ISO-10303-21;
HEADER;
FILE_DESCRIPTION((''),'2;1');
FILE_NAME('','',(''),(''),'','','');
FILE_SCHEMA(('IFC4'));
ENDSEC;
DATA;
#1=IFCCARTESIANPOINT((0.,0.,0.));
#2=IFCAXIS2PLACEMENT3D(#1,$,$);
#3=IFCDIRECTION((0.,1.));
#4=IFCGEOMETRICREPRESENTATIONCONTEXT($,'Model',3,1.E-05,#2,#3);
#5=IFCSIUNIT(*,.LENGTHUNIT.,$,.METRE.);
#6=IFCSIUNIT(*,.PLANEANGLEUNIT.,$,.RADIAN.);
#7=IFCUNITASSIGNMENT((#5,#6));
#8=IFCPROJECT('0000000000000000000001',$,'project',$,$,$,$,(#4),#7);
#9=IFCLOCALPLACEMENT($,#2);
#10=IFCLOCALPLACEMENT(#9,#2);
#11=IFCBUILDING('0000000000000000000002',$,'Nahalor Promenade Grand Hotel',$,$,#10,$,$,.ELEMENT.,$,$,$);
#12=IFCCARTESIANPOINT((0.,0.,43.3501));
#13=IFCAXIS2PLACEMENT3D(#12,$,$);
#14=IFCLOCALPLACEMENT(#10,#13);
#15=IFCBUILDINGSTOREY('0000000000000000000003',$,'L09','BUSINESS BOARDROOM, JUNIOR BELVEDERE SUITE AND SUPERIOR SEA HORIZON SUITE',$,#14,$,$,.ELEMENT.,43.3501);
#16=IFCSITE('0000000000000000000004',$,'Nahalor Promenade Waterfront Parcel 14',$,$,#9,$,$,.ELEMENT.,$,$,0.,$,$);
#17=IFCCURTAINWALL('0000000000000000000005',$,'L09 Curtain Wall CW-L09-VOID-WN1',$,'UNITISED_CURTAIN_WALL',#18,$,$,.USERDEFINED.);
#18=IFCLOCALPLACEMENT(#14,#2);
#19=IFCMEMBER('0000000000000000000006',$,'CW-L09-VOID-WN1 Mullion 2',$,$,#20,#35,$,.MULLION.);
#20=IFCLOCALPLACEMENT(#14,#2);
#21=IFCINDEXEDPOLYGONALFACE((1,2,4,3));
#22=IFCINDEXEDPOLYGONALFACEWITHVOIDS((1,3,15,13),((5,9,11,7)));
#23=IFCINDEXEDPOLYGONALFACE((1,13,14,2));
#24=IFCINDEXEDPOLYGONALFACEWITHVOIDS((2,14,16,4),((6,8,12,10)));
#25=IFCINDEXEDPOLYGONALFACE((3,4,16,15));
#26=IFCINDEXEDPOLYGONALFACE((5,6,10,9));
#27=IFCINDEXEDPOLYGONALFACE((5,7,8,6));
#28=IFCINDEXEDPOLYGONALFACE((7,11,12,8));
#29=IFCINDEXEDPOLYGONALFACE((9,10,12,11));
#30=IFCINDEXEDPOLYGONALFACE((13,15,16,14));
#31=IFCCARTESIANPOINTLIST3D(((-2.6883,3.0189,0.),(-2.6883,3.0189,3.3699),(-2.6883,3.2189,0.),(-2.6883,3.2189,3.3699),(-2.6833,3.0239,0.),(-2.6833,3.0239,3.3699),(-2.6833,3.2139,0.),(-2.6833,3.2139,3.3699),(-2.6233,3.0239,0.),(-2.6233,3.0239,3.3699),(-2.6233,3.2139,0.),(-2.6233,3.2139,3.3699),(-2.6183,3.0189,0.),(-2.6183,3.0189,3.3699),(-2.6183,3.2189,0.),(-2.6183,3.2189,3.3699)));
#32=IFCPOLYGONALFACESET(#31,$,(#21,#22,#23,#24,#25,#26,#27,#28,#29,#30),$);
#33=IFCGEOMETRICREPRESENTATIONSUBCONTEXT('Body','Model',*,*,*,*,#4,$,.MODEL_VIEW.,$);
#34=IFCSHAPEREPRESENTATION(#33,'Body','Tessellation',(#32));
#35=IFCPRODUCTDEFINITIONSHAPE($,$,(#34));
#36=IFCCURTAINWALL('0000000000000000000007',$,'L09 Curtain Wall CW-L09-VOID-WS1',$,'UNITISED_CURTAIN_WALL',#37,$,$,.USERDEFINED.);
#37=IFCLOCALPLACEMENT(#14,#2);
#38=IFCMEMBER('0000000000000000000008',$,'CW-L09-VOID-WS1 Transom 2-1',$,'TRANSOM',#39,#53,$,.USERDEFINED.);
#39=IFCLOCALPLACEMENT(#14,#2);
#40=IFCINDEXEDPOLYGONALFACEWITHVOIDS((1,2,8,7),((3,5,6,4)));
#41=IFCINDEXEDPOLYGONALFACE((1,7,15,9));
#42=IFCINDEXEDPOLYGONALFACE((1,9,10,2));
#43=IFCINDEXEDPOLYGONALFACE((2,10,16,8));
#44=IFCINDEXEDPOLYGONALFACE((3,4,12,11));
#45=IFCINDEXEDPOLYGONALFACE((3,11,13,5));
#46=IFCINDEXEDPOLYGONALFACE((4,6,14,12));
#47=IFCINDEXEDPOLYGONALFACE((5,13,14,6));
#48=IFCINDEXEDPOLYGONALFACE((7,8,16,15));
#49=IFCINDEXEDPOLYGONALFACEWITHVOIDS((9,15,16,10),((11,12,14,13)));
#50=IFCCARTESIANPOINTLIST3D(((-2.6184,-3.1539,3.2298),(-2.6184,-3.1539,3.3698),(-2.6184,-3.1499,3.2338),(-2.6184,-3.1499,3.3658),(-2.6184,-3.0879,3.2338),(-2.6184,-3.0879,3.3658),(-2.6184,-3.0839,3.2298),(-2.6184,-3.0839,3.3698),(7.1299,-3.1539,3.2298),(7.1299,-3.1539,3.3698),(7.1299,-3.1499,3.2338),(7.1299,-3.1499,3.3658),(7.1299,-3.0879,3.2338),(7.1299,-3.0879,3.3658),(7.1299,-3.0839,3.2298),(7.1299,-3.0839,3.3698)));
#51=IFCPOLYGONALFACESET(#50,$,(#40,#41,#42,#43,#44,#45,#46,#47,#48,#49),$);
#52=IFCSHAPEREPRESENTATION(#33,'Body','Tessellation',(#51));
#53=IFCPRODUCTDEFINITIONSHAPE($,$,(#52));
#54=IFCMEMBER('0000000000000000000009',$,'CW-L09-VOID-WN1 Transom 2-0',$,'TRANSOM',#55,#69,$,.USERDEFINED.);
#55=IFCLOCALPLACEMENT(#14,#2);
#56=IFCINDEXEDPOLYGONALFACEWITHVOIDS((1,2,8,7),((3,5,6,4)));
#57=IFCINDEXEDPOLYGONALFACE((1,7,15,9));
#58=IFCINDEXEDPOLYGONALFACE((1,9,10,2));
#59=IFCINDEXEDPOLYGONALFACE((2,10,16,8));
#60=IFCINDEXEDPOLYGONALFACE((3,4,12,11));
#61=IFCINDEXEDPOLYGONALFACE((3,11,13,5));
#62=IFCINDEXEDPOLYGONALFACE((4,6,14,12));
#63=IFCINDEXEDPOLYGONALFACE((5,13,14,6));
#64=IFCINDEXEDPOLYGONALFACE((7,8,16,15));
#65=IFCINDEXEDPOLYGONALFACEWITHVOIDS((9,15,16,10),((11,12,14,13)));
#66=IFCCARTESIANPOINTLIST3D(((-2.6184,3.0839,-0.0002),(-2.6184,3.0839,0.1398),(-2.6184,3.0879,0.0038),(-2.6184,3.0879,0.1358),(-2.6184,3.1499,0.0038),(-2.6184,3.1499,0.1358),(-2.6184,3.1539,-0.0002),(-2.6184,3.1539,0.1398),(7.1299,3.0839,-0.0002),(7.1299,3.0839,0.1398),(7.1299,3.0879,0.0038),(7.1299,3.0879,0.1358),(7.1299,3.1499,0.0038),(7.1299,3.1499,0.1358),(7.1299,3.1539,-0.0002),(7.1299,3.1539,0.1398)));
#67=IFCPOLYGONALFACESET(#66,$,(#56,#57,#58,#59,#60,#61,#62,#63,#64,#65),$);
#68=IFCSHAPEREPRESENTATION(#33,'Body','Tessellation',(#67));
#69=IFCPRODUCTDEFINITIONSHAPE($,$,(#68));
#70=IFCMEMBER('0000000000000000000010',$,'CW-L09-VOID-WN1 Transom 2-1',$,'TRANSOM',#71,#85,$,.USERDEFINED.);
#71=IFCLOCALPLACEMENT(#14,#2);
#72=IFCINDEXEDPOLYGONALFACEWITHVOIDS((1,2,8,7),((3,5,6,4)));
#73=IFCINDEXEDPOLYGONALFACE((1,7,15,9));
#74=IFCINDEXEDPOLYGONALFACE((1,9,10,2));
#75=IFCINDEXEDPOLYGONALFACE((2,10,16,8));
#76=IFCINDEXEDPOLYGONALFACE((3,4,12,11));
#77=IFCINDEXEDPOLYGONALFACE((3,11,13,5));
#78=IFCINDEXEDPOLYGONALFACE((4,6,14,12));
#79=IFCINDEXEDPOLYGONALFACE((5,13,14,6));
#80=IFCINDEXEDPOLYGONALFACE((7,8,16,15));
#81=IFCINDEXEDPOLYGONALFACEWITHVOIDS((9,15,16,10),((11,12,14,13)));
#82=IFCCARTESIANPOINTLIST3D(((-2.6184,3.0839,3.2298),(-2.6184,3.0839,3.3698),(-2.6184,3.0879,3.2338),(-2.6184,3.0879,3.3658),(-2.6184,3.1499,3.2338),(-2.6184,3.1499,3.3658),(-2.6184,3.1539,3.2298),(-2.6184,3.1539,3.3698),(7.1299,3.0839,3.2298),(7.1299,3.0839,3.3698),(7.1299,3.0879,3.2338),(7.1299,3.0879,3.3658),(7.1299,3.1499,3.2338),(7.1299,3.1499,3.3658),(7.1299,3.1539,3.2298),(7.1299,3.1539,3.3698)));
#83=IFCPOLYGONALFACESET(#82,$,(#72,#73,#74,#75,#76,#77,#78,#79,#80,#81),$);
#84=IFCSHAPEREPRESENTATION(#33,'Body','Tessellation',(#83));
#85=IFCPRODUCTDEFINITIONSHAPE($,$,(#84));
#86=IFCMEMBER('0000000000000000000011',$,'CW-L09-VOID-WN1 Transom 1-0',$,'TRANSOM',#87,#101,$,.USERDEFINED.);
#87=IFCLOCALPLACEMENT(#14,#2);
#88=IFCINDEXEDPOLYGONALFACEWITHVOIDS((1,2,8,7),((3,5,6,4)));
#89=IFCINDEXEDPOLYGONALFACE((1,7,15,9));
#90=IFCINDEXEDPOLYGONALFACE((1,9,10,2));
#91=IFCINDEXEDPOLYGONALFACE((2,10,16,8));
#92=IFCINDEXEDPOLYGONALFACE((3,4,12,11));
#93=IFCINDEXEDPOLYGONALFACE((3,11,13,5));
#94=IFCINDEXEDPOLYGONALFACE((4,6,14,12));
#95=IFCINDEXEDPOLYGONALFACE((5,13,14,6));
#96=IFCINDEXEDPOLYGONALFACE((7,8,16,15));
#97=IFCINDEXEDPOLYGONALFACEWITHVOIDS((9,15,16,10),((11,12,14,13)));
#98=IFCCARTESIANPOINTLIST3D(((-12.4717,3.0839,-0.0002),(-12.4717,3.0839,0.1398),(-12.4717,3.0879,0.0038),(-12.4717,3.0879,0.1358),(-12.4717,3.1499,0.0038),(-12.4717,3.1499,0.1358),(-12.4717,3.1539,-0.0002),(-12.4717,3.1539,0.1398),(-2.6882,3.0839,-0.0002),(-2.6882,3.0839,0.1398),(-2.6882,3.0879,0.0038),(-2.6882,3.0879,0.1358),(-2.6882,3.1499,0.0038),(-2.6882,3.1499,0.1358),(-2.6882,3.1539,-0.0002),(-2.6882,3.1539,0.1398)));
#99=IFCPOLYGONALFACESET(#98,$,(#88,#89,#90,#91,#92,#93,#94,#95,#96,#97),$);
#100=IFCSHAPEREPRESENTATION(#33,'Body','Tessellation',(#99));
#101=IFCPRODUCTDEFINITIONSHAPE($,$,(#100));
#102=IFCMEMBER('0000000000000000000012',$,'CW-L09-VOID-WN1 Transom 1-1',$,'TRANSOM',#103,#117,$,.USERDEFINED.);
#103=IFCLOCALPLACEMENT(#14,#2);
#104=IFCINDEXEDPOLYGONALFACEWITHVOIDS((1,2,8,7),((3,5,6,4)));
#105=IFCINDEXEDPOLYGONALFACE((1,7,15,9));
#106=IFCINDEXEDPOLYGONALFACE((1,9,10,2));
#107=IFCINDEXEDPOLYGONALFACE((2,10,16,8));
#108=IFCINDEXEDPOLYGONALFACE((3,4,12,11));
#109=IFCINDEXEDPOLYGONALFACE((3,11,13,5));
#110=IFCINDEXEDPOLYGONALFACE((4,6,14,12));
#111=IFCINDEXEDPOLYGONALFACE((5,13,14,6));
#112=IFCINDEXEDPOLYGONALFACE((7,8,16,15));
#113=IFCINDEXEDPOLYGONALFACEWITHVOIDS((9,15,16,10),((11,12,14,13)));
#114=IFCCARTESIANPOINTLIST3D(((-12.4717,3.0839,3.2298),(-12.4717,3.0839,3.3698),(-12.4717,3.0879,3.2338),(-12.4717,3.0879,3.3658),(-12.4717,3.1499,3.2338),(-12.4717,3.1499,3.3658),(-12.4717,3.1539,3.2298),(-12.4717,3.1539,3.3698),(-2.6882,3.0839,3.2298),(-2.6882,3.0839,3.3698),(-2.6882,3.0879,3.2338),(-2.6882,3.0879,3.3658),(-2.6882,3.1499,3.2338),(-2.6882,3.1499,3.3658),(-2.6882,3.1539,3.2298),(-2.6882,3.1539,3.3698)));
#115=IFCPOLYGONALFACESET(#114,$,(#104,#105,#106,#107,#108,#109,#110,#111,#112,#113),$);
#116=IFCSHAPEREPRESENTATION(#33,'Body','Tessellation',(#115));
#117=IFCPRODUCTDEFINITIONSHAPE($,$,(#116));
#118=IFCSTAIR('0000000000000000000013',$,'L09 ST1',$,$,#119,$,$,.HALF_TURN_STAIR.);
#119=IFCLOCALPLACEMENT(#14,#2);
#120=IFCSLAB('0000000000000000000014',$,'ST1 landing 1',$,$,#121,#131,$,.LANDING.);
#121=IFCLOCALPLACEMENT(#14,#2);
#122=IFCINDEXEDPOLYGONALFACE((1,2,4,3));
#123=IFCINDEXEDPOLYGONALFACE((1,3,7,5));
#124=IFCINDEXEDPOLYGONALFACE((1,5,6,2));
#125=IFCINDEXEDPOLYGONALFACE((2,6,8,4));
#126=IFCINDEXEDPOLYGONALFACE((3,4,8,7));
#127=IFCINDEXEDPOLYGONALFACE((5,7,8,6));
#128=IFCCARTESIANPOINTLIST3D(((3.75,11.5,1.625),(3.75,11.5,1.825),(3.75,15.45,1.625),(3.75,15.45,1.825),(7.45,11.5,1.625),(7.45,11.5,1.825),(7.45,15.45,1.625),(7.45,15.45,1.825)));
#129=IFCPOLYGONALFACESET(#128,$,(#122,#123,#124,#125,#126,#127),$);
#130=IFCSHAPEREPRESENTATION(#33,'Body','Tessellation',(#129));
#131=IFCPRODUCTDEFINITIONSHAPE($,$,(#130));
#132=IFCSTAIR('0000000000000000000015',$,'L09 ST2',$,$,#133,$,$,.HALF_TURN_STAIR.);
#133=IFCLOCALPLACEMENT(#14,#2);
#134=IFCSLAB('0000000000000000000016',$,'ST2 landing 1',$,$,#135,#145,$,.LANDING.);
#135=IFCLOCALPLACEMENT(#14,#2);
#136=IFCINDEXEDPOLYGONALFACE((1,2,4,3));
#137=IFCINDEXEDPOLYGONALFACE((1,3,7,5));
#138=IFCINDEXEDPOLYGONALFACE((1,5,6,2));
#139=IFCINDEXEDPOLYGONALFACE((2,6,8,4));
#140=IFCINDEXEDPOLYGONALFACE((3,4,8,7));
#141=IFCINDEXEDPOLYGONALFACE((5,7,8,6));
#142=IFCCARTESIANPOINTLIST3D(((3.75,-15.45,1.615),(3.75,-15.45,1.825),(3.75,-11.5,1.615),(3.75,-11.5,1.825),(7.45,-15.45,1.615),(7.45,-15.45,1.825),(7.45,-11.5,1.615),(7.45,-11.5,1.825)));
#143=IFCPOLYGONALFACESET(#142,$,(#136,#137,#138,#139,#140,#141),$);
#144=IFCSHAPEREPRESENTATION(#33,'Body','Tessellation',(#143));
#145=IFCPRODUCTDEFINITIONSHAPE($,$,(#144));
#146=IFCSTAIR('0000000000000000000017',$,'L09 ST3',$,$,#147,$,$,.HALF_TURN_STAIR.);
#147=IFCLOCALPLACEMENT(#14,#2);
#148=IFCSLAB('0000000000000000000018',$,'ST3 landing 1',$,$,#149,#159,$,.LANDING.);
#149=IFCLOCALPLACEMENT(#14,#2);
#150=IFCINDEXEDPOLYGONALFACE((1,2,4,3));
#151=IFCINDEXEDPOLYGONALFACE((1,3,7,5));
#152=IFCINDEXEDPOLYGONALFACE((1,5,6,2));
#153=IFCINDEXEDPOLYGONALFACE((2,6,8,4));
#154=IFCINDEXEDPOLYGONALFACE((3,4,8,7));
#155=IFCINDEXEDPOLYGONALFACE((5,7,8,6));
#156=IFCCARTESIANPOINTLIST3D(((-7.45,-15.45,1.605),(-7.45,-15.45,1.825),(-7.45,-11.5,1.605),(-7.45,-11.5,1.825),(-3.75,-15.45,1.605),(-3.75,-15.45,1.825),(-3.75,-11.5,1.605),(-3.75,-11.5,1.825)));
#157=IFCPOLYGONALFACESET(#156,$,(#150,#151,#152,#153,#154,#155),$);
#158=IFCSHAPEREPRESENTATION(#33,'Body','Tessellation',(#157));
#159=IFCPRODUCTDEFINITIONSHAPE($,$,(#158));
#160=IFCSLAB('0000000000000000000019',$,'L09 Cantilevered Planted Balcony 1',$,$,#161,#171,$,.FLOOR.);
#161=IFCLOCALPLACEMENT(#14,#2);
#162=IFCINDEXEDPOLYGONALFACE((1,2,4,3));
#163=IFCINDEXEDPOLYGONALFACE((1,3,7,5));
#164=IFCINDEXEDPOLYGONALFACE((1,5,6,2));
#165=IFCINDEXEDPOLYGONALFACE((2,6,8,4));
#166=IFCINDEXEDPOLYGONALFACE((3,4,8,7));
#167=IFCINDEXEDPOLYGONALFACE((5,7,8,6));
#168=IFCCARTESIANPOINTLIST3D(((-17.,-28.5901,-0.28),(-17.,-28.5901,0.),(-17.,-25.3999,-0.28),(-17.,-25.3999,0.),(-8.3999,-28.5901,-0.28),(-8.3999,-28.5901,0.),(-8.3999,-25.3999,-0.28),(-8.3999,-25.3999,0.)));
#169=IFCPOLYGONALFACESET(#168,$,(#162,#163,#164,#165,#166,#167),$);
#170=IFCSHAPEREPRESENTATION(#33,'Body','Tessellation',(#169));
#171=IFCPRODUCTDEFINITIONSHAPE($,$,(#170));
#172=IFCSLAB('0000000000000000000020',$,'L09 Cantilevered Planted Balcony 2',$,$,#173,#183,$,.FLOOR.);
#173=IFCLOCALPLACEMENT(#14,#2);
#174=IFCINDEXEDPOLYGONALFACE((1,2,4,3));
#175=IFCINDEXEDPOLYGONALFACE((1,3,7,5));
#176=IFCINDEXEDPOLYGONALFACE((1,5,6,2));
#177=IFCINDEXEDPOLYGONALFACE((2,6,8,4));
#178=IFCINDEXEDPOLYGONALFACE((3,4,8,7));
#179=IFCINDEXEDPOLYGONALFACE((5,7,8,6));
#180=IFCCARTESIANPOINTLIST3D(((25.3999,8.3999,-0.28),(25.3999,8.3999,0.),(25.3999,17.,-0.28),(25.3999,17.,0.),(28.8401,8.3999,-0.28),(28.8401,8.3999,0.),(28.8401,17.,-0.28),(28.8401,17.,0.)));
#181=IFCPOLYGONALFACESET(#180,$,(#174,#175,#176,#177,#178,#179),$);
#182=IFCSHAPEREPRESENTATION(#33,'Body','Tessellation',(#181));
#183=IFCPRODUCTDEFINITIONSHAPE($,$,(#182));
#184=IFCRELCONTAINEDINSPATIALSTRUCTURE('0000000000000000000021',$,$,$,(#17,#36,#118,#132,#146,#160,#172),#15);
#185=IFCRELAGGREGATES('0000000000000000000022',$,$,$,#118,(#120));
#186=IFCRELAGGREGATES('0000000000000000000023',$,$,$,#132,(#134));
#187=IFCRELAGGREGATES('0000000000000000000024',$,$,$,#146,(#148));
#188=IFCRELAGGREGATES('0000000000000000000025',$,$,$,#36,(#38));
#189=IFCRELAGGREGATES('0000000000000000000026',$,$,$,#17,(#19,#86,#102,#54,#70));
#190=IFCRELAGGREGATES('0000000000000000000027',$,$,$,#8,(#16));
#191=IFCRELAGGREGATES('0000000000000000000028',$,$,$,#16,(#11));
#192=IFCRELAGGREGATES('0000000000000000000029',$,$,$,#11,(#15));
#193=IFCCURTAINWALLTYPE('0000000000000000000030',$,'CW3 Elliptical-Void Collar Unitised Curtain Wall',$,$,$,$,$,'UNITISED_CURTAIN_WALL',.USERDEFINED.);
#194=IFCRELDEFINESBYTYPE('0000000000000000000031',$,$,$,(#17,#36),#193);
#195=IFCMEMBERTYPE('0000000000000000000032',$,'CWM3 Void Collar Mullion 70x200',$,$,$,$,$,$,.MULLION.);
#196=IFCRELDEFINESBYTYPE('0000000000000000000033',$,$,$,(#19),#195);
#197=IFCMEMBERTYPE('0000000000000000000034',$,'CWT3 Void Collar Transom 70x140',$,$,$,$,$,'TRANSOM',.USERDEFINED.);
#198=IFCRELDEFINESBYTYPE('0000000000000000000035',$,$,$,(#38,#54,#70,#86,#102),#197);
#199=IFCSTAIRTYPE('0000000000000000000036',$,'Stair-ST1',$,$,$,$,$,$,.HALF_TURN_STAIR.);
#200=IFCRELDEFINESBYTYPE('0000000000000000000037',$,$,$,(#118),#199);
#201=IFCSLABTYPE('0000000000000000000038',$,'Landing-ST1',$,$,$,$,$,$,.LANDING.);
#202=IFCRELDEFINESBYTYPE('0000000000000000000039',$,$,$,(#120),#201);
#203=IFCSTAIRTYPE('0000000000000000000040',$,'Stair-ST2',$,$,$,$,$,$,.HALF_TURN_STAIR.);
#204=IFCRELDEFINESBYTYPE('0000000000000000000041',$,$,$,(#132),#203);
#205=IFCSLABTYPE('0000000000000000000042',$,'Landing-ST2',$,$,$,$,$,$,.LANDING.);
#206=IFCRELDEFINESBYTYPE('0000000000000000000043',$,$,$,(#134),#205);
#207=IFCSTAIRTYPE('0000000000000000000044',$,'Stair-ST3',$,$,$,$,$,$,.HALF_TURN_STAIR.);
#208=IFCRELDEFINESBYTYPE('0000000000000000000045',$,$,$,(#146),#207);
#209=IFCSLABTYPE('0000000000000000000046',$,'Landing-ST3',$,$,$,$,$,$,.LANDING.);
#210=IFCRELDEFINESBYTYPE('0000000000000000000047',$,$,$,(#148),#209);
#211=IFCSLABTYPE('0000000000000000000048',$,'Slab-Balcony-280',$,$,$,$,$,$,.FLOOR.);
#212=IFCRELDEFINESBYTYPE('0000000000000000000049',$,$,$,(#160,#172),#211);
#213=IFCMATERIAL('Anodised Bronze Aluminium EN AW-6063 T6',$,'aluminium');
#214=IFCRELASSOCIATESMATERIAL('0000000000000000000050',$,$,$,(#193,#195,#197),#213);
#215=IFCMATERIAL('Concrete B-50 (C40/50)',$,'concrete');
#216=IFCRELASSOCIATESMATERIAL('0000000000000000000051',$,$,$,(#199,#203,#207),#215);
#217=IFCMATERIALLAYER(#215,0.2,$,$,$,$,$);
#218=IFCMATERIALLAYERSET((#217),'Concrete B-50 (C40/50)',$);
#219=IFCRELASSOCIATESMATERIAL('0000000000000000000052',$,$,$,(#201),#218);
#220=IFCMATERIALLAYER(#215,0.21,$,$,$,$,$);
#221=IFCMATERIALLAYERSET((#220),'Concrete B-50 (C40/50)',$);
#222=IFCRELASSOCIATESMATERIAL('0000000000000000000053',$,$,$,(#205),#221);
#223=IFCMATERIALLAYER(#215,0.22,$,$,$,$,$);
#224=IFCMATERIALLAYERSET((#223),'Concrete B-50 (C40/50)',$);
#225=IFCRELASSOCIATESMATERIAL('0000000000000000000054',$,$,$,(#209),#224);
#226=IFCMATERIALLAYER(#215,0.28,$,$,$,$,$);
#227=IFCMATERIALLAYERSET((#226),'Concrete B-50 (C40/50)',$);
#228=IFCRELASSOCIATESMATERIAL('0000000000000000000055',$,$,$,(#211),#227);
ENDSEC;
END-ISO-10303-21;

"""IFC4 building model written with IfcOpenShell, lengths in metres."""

from ifc_helpers import new_model, si_unit, direction, frame, origin, origin_2d, place, context, subcontext, project, spatial, polyline, hollow_rectangle, outline, extrude, source, transform, mapped, material, layer, layer_set, material_profile, profile_set, type_object, element, aggregate, save


model = new_model("IFC4")

# Units and contexts
model_context = context("Model", 3, precision=1e-05, world=origin(), true_north=direction((0.0, 1.0)))
body_context = subcontext(model_context, "Body", "Model", "MODEL_VIEW")
ifc_project = project(units=[si_unit("LENGTHUNIT", "METRE"), si_unit("PLANEANGLEUNIT", "RADIAN")], contexts=[model_context])

# Site, building, storey
site_placement = place(None, origin())
site = spatial("IfcSite", under=ifc_project, at=site_placement, Name="Nahalor Promenade Waterfront Parcel 14", CompositionType="ELEMENT", RefElevation=0.0)
building_placement = place(site_placement, origin())
building = spatial("IfcBuilding", under=site, at=building_placement, Name="Nahalor Promenade Grand Hotel", CompositionType="ELEMENT")
storey_placement = place(building_placement, frame((0.0, 0.0, 43.3501)))
storey = spatial("IfcBuildingStorey", under=building, at=storey_placement, Name="L09", Description="BUSINESS BOARDROOM, JUNIOR BELVEDERE SUITE AND SUPERIOR SEA HORIZON SUITE", CompositionType="ELEMENT", Elevation=43.3501)

# Curtain wall, member
ifc_material_1 = material(Name="Anodised Bronze Aluminium EN AW-6063 T6", Category="aluminium")
curtain_wall_type = type_object("IfcCurtainWallType", Name="CW3 Elliptical-Void Collar Unitised Curtain Wall", ElementType="UNITISED_CURTAIN_WALL", PredefinedType="USERDEFINED", material=ifc_material_1)
curtain_wall_1_placement = place(storey_placement, origin())
curtain_wall_1 = element("IfcCurtainWall", 1, at=curtain_wall_1_placement, inside=storey, type_object=curtain_wall_type, Name="L09 Curtain Wall CW-L09-VOID-WN1", ObjectType="UNITISED_CURTAIN_WALL", PredefinedType="USERDEFINED")
ifc_material_profile_1 = material_profile(ifc_material_1, hollow_rectangle(XDim=0.07, YDim=0.2, WallThickness=0.005, at=origin_2d()), Name="CWM 70x200x5")
ifc_profile_set_1 = profile_set([ifc_material_profile_1], Name="Anodised Bronze Aluminium EN AW-6063 T6")
member_type_1 = type_object("IfcMemberType", Name="CWM3 Void Collar Mullion 70x200", PredefinedType="MULLION", material=ifc_profile_set_1)
shared_shape_1 = source(origin(), body_context, "Body", "SweptSolid", [
    extrude(hollow_rectangle(XDim=0.07, YDim=0.2, WallThickness=0.005, at=origin_2d()), origin(), (0.0, 0.0, 1.0), 3.3699),
])
member_1_placement = place(storey_placement, frame((-2.6533, 3.1189, 0.0), z_axis=(0.0, 0.0, 1.0), x_axis=(1.0, 0.0, 0.0)))
member_1 = element("IfcMember", 2, at=member_1_placement, type_object=member_type_1, Name="CW-L09-VOID-WN1 Mullion 2", PredefinedType="MULLION", context=body_context, shape_type="MappedRepresentation", body=[
    mapped(shared_shape_1, transform((0.0, 0.0, 0.0), scale=1.0)),
])

# Curtain wall, member
curtain_wall_2_placement = place(storey_placement, origin())
curtain_wall_2 = element("IfcCurtainWall", 3, at=curtain_wall_2_placement, inside=storey, type_object=curtain_wall_type, Name="L09 Curtain Wall CW-L09-VOID-WS1", ObjectType="UNITISED_CURTAIN_WALL", PredefinedType="USERDEFINED")
ifc_material_profile_2 = material_profile(ifc_material_1, hollow_rectangle(XDim=0.07, YDim=0.14, WallThickness=0.004, at=origin_2d()), Name="CWT 70x140x4")
ifc_profile_set_2 = profile_set([ifc_material_profile_2], Name="Anodised Bronze Aluminium EN AW-6063 T6")
member_type_2 = type_object("IfcMemberType", Name="CWT3 Void Collar Transom 70x140", ElementType="TRANSOM", PredefinedType="USERDEFINED", material=ifc_profile_set_2)
shared_shape_2 = source(origin(), body_context, "Body", "SweptSolid", [
    extrude(hollow_rectangle(XDim=0.07, YDim=0.14, WallThickness=0.004, at=origin_2d()), origin(), (0.0, 0.0, 1.0), 9.7483),
])
member_2_placement = place(storey_placement, frame((-2.6184, -3.1189, 3.2998), z_axis=(1.0, 0.0, 0.0), x_axis=(0.0, 1.0, 0.0)))
member_2 = element("IfcMember", 4, at=member_2_placement, type_object=member_type_2, Name="CW-L09-VOID-WS1 Transom 2-1", ObjectType="TRANSOM", PredefinedType="USERDEFINED", context=body_context, shape_type="MappedRepresentation", body=[
    mapped(shared_shape_2, transform((0.0, 0.0, 0.0), scale=1.0)),
])

# Members
member_3_placement = place(storey_placement, frame((-2.6184, 3.1189, 0.0698), z_axis=(1.0, 0.0, 0.0), x_axis=(0.0, 1.0, 0.0)))
member_3 = element("IfcMember", 5, at=member_3_placement, type_object=member_type_2, Name="CW-L09-VOID-WN1 Transom 2-0", ObjectType="TRANSOM", PredefinedType="USERDEFINED", context=body_context, shape_type="MappedRepresentation", body=[
    mapped(shared_shape_2, transform((0.0, 0.0, 0.0), scale=1.0)),
])
member_4_placement = place(storey_placement, frame((-2.6184, 3.1189, 3.2998), z_axis=(1.0, 0.0, 0.0), x_axis=(0.0, 1.0, 0.0)))
member_4 = element("IfcMember", 6, at=member_4_placement, type_object=member_type_2, Name="CW-L09-VOID-WN1 Transom 2-1", ObjectType="TRANSOM", PredefinedType="USERDEFINED", context=body_context, shape_type="MappedRepresentation", body=[
    mapped(shared_shape_2, transform((0.0, 0.0, 0.0), scale=1.0)),
])
shared_shape_3 = source(origin(), body_context, "Body", "SweptSolid", [
    extrude(hollow_rectangle(XDim=0.07, YDim=0.14, WallThickness=0.004, at=origin_2d()), origin(), (0.0, 0.0, 1.0), 9.7834),
])
member_5_placement = place(storey_placement, frame((-12.4717, 3.1189, 0.0698), z_axis=(1.0, 0.0, 0.0), x_axis=(0.0, 1.0, 0.0)))
member_5 = element("IfcMember", 7, at=member_5_placement, type_object=member_type_2, Name="CW-L09-VOID-WN1 Transom 1-0", ObjectType="TRANSOM", PredefinedType="USERDEFINED", context=body_context, shape_type="MappedRepresentation", body=[
    mapped(shared_shape_3, transform((0.0, 0.0, 0.0), scale=1.0)),
])
member_6_placement = place(storey_placement, frame((-12.4717, 3.1189, 3.2998), z_axis=(1.0, 0.0, 0.0), x_axis=(0.0, 1.0, 0.0)))
member_6 = element("IfcMember", 8, at=member_6_placement, type_object=member_type_2, Name="CW-L09-VOID-WN1 Transom 1-1", ObjectType="TRANSOM", PredefinedType="USERDEFINED", context=body_context, shape_type="MappedRepresentation", body=[
    mapped(shared_shape_3, transform((0.0, 0.0, 0.0), scale=1.0)),
])

# Stairs, slabs
ifc_material_2 = material(Name="Concrete B-50 (C40/50)", Category="concrete")
stair_type_1 = type_object("IfcStairType", Name="Stair-ST1", PredefinedType="HALF_TURN_STAIR", material=ifc_material_2)
stair_1_placement = place(storey_placement, origin())
stair_1 = element("IfcStair", 9, at=stair_1_placement, inside=storey, type_object=stair_type_1, Name="L09 ST1", PredefinedType="HALF_TURN_STAIR")
ifc_layer_1 = layer(ifc_material_2, 0.2)
ifc_layer_set_1 = layer_set([ifc_layer_1], Name="Concrete B-50 (C40/50)")
slab_type_1 = type_object("IfcSlabType", Name="Landing-ST1", PredefinedType="LANDING", material=ifc_layer_set_1)
slab_1_placement = place(storey_placement, frame((0.0, 0.0, 1.625)))
slab_1 = element("IfcSlab", 10, at=slab_1_placement, type_object=slab_type_1, Name="ST1 landing 1", PredefinedType="LANDING", context=body_context, shape_type="SweptSolid", body=[
    extrude(outline(polyline([(7.45, 11.5), (7.45, 15.45), (3.75, 15.45), (3.75, 11.5), (7.45, 11.5)])), origin(), (0.0, 0.0, 1.0), 0.2),
])
aggregate(stair_1, [slab_1])
stair_type_2 = type_object("IfcStairType", Name="Stair-ST2", PredefinedType="HALF_TURN_STAIR", material=ifc_material_2)
stair_2_placement = place(storey_placement, origin())
stair_2 = element("IfcStair", 11, at=stair_2_placement, inside=storey, type_object=stair_type_2, Name="L09 ST2", PredefinedType="HALF_TURN_STAIR")
ifc_layer_2 = layer(ifc_material_2, 0.21)
ifc_layer_set_2 = layer_set([ifc_layer_2], Name="Concrete B-50 (C40/50)")
slab_type_2 = type_object("IfcSlabType", Name="Landing-ST2", PredefinedType="LANDING", material=ifc_layer_set_2)
slab_2_placement = place(storey_placement, frame((0.0, 0.0, 1.615)))
slab_2 = element("IfcSlab", 12, at=slab_2_placement, type_object=slab_type_2, Name="ST2 landing 1", PredefinedType="LANDING", context=body_context, shape_type="SweptSolid", body=[
    extrude(outline(polyline([(3.75, -11.5), (3.75, -15.45), (7.45, -15.45), (7.45, -11.5), (3.75, -11.5)])), origin(), (0.0, 0.0, 1.0), 0.21),
])
aggregate(stair_2, [slab_2])
stair_type_3 = type_object("IfcStairType", Name="Stair-ST3", PredefinedType="HALF_TURN_STAIR", material=ifc_material_2)
stair_3_placement = place(storey_placement, origin())
stair_3 = element("IfcStair", 13, at=stair_3_placement, inside=storey, type_object=stair_type_3, Name="L09 ST3", PredefinedType="HALF_TURN_STAIR")
ifc_layer_3 = layer(ifc_material_2, 0.22)
ifc_layer_set_3 = layer_set([ifc_layer_3], Name="Concrete B-50 (C40/50)")
slab_type_3 = type_object("IfcSlabType", Name="Landing-ST3", PredefinedType="LANDING", material=ifc_layer_set_3)
slab_3_placement = place(storey_placement, frame((0.0, 0.0, 1.605)))
slab_3 = element("IfcSlab", 14, at=slab_3_placement, type_object=slab_type_3, Name="ST3 landing 1", PredefinedType="LANDING", context=body_context, shape_type="SweptSolid", body=[
    extrude(outline(polyline([(-7.45, -11.5), (-7.45, -15.45), (-3.75, -15.45), (-3.75, -11.5), (-7.45, -11.5)])), origin(), (0.0, 0.0, 1.0), 0.22),
])
aggregate(stair_3, [slab_3])

# Slabs
ifc_layer_4 = layer(ifc_material_2, 0.28)
ifc_layer_set_4 = layer_set([ifc_layer_4], Name="Concrete B-50 (C40/50)")
slab_type_4 = type_object("IfcSlabType", Name="Slab-Balcony-280", PredefinedType="FLOOR", material=ifc_layer_set_4)
slab_4_placement = place(storey_placement, frame((0.0, 0.0, -0.28)))
element("IfcSlab", 15, at=slab_4_placement, inside=storey, type_object=slab_type_4, Name="L09 Cantilevered Planted Balcony 1", PredefinedType="FLOOR", context=body_context, shape_type="SweptSolid", body=[
    extrude(outline(polyline([(-17.0, -28.5901), (-8.3999, -28.5901), (-8.3999, -25.3999), (-17.0, -25.3999), (-17.0, -28.5901)])), origin(), (0.0, 0.0, 1.0), 0.28),
])
slab_5_placement = place(storey_placement, frame((0.0, 0.0, -0.28)))
element("IfcSlab", 16, at=slab_5_placement, inside=storey, type_object=slab_type_4, Name="L09 Cantilevered Planted Balcony 2", PredefinedType="FLOOR", context=body_context, shape_type="SweptSolid", body=[
    extrude(outline(polyline([(25.3999, 8.3999), (28.8401, 8.3999), (28.8401, 17.0), (25.3999, 17.0), (25.3999, 8.3999)])), origin(), (0.0, 0.0, 1.0), 0.28),
])

aggregate(curtain_wall_2, [member_2])
aggregate(curtain_wall_1, [member_1, member_5, member_6, member_3, member_4])

save(model, "model.ifc")
